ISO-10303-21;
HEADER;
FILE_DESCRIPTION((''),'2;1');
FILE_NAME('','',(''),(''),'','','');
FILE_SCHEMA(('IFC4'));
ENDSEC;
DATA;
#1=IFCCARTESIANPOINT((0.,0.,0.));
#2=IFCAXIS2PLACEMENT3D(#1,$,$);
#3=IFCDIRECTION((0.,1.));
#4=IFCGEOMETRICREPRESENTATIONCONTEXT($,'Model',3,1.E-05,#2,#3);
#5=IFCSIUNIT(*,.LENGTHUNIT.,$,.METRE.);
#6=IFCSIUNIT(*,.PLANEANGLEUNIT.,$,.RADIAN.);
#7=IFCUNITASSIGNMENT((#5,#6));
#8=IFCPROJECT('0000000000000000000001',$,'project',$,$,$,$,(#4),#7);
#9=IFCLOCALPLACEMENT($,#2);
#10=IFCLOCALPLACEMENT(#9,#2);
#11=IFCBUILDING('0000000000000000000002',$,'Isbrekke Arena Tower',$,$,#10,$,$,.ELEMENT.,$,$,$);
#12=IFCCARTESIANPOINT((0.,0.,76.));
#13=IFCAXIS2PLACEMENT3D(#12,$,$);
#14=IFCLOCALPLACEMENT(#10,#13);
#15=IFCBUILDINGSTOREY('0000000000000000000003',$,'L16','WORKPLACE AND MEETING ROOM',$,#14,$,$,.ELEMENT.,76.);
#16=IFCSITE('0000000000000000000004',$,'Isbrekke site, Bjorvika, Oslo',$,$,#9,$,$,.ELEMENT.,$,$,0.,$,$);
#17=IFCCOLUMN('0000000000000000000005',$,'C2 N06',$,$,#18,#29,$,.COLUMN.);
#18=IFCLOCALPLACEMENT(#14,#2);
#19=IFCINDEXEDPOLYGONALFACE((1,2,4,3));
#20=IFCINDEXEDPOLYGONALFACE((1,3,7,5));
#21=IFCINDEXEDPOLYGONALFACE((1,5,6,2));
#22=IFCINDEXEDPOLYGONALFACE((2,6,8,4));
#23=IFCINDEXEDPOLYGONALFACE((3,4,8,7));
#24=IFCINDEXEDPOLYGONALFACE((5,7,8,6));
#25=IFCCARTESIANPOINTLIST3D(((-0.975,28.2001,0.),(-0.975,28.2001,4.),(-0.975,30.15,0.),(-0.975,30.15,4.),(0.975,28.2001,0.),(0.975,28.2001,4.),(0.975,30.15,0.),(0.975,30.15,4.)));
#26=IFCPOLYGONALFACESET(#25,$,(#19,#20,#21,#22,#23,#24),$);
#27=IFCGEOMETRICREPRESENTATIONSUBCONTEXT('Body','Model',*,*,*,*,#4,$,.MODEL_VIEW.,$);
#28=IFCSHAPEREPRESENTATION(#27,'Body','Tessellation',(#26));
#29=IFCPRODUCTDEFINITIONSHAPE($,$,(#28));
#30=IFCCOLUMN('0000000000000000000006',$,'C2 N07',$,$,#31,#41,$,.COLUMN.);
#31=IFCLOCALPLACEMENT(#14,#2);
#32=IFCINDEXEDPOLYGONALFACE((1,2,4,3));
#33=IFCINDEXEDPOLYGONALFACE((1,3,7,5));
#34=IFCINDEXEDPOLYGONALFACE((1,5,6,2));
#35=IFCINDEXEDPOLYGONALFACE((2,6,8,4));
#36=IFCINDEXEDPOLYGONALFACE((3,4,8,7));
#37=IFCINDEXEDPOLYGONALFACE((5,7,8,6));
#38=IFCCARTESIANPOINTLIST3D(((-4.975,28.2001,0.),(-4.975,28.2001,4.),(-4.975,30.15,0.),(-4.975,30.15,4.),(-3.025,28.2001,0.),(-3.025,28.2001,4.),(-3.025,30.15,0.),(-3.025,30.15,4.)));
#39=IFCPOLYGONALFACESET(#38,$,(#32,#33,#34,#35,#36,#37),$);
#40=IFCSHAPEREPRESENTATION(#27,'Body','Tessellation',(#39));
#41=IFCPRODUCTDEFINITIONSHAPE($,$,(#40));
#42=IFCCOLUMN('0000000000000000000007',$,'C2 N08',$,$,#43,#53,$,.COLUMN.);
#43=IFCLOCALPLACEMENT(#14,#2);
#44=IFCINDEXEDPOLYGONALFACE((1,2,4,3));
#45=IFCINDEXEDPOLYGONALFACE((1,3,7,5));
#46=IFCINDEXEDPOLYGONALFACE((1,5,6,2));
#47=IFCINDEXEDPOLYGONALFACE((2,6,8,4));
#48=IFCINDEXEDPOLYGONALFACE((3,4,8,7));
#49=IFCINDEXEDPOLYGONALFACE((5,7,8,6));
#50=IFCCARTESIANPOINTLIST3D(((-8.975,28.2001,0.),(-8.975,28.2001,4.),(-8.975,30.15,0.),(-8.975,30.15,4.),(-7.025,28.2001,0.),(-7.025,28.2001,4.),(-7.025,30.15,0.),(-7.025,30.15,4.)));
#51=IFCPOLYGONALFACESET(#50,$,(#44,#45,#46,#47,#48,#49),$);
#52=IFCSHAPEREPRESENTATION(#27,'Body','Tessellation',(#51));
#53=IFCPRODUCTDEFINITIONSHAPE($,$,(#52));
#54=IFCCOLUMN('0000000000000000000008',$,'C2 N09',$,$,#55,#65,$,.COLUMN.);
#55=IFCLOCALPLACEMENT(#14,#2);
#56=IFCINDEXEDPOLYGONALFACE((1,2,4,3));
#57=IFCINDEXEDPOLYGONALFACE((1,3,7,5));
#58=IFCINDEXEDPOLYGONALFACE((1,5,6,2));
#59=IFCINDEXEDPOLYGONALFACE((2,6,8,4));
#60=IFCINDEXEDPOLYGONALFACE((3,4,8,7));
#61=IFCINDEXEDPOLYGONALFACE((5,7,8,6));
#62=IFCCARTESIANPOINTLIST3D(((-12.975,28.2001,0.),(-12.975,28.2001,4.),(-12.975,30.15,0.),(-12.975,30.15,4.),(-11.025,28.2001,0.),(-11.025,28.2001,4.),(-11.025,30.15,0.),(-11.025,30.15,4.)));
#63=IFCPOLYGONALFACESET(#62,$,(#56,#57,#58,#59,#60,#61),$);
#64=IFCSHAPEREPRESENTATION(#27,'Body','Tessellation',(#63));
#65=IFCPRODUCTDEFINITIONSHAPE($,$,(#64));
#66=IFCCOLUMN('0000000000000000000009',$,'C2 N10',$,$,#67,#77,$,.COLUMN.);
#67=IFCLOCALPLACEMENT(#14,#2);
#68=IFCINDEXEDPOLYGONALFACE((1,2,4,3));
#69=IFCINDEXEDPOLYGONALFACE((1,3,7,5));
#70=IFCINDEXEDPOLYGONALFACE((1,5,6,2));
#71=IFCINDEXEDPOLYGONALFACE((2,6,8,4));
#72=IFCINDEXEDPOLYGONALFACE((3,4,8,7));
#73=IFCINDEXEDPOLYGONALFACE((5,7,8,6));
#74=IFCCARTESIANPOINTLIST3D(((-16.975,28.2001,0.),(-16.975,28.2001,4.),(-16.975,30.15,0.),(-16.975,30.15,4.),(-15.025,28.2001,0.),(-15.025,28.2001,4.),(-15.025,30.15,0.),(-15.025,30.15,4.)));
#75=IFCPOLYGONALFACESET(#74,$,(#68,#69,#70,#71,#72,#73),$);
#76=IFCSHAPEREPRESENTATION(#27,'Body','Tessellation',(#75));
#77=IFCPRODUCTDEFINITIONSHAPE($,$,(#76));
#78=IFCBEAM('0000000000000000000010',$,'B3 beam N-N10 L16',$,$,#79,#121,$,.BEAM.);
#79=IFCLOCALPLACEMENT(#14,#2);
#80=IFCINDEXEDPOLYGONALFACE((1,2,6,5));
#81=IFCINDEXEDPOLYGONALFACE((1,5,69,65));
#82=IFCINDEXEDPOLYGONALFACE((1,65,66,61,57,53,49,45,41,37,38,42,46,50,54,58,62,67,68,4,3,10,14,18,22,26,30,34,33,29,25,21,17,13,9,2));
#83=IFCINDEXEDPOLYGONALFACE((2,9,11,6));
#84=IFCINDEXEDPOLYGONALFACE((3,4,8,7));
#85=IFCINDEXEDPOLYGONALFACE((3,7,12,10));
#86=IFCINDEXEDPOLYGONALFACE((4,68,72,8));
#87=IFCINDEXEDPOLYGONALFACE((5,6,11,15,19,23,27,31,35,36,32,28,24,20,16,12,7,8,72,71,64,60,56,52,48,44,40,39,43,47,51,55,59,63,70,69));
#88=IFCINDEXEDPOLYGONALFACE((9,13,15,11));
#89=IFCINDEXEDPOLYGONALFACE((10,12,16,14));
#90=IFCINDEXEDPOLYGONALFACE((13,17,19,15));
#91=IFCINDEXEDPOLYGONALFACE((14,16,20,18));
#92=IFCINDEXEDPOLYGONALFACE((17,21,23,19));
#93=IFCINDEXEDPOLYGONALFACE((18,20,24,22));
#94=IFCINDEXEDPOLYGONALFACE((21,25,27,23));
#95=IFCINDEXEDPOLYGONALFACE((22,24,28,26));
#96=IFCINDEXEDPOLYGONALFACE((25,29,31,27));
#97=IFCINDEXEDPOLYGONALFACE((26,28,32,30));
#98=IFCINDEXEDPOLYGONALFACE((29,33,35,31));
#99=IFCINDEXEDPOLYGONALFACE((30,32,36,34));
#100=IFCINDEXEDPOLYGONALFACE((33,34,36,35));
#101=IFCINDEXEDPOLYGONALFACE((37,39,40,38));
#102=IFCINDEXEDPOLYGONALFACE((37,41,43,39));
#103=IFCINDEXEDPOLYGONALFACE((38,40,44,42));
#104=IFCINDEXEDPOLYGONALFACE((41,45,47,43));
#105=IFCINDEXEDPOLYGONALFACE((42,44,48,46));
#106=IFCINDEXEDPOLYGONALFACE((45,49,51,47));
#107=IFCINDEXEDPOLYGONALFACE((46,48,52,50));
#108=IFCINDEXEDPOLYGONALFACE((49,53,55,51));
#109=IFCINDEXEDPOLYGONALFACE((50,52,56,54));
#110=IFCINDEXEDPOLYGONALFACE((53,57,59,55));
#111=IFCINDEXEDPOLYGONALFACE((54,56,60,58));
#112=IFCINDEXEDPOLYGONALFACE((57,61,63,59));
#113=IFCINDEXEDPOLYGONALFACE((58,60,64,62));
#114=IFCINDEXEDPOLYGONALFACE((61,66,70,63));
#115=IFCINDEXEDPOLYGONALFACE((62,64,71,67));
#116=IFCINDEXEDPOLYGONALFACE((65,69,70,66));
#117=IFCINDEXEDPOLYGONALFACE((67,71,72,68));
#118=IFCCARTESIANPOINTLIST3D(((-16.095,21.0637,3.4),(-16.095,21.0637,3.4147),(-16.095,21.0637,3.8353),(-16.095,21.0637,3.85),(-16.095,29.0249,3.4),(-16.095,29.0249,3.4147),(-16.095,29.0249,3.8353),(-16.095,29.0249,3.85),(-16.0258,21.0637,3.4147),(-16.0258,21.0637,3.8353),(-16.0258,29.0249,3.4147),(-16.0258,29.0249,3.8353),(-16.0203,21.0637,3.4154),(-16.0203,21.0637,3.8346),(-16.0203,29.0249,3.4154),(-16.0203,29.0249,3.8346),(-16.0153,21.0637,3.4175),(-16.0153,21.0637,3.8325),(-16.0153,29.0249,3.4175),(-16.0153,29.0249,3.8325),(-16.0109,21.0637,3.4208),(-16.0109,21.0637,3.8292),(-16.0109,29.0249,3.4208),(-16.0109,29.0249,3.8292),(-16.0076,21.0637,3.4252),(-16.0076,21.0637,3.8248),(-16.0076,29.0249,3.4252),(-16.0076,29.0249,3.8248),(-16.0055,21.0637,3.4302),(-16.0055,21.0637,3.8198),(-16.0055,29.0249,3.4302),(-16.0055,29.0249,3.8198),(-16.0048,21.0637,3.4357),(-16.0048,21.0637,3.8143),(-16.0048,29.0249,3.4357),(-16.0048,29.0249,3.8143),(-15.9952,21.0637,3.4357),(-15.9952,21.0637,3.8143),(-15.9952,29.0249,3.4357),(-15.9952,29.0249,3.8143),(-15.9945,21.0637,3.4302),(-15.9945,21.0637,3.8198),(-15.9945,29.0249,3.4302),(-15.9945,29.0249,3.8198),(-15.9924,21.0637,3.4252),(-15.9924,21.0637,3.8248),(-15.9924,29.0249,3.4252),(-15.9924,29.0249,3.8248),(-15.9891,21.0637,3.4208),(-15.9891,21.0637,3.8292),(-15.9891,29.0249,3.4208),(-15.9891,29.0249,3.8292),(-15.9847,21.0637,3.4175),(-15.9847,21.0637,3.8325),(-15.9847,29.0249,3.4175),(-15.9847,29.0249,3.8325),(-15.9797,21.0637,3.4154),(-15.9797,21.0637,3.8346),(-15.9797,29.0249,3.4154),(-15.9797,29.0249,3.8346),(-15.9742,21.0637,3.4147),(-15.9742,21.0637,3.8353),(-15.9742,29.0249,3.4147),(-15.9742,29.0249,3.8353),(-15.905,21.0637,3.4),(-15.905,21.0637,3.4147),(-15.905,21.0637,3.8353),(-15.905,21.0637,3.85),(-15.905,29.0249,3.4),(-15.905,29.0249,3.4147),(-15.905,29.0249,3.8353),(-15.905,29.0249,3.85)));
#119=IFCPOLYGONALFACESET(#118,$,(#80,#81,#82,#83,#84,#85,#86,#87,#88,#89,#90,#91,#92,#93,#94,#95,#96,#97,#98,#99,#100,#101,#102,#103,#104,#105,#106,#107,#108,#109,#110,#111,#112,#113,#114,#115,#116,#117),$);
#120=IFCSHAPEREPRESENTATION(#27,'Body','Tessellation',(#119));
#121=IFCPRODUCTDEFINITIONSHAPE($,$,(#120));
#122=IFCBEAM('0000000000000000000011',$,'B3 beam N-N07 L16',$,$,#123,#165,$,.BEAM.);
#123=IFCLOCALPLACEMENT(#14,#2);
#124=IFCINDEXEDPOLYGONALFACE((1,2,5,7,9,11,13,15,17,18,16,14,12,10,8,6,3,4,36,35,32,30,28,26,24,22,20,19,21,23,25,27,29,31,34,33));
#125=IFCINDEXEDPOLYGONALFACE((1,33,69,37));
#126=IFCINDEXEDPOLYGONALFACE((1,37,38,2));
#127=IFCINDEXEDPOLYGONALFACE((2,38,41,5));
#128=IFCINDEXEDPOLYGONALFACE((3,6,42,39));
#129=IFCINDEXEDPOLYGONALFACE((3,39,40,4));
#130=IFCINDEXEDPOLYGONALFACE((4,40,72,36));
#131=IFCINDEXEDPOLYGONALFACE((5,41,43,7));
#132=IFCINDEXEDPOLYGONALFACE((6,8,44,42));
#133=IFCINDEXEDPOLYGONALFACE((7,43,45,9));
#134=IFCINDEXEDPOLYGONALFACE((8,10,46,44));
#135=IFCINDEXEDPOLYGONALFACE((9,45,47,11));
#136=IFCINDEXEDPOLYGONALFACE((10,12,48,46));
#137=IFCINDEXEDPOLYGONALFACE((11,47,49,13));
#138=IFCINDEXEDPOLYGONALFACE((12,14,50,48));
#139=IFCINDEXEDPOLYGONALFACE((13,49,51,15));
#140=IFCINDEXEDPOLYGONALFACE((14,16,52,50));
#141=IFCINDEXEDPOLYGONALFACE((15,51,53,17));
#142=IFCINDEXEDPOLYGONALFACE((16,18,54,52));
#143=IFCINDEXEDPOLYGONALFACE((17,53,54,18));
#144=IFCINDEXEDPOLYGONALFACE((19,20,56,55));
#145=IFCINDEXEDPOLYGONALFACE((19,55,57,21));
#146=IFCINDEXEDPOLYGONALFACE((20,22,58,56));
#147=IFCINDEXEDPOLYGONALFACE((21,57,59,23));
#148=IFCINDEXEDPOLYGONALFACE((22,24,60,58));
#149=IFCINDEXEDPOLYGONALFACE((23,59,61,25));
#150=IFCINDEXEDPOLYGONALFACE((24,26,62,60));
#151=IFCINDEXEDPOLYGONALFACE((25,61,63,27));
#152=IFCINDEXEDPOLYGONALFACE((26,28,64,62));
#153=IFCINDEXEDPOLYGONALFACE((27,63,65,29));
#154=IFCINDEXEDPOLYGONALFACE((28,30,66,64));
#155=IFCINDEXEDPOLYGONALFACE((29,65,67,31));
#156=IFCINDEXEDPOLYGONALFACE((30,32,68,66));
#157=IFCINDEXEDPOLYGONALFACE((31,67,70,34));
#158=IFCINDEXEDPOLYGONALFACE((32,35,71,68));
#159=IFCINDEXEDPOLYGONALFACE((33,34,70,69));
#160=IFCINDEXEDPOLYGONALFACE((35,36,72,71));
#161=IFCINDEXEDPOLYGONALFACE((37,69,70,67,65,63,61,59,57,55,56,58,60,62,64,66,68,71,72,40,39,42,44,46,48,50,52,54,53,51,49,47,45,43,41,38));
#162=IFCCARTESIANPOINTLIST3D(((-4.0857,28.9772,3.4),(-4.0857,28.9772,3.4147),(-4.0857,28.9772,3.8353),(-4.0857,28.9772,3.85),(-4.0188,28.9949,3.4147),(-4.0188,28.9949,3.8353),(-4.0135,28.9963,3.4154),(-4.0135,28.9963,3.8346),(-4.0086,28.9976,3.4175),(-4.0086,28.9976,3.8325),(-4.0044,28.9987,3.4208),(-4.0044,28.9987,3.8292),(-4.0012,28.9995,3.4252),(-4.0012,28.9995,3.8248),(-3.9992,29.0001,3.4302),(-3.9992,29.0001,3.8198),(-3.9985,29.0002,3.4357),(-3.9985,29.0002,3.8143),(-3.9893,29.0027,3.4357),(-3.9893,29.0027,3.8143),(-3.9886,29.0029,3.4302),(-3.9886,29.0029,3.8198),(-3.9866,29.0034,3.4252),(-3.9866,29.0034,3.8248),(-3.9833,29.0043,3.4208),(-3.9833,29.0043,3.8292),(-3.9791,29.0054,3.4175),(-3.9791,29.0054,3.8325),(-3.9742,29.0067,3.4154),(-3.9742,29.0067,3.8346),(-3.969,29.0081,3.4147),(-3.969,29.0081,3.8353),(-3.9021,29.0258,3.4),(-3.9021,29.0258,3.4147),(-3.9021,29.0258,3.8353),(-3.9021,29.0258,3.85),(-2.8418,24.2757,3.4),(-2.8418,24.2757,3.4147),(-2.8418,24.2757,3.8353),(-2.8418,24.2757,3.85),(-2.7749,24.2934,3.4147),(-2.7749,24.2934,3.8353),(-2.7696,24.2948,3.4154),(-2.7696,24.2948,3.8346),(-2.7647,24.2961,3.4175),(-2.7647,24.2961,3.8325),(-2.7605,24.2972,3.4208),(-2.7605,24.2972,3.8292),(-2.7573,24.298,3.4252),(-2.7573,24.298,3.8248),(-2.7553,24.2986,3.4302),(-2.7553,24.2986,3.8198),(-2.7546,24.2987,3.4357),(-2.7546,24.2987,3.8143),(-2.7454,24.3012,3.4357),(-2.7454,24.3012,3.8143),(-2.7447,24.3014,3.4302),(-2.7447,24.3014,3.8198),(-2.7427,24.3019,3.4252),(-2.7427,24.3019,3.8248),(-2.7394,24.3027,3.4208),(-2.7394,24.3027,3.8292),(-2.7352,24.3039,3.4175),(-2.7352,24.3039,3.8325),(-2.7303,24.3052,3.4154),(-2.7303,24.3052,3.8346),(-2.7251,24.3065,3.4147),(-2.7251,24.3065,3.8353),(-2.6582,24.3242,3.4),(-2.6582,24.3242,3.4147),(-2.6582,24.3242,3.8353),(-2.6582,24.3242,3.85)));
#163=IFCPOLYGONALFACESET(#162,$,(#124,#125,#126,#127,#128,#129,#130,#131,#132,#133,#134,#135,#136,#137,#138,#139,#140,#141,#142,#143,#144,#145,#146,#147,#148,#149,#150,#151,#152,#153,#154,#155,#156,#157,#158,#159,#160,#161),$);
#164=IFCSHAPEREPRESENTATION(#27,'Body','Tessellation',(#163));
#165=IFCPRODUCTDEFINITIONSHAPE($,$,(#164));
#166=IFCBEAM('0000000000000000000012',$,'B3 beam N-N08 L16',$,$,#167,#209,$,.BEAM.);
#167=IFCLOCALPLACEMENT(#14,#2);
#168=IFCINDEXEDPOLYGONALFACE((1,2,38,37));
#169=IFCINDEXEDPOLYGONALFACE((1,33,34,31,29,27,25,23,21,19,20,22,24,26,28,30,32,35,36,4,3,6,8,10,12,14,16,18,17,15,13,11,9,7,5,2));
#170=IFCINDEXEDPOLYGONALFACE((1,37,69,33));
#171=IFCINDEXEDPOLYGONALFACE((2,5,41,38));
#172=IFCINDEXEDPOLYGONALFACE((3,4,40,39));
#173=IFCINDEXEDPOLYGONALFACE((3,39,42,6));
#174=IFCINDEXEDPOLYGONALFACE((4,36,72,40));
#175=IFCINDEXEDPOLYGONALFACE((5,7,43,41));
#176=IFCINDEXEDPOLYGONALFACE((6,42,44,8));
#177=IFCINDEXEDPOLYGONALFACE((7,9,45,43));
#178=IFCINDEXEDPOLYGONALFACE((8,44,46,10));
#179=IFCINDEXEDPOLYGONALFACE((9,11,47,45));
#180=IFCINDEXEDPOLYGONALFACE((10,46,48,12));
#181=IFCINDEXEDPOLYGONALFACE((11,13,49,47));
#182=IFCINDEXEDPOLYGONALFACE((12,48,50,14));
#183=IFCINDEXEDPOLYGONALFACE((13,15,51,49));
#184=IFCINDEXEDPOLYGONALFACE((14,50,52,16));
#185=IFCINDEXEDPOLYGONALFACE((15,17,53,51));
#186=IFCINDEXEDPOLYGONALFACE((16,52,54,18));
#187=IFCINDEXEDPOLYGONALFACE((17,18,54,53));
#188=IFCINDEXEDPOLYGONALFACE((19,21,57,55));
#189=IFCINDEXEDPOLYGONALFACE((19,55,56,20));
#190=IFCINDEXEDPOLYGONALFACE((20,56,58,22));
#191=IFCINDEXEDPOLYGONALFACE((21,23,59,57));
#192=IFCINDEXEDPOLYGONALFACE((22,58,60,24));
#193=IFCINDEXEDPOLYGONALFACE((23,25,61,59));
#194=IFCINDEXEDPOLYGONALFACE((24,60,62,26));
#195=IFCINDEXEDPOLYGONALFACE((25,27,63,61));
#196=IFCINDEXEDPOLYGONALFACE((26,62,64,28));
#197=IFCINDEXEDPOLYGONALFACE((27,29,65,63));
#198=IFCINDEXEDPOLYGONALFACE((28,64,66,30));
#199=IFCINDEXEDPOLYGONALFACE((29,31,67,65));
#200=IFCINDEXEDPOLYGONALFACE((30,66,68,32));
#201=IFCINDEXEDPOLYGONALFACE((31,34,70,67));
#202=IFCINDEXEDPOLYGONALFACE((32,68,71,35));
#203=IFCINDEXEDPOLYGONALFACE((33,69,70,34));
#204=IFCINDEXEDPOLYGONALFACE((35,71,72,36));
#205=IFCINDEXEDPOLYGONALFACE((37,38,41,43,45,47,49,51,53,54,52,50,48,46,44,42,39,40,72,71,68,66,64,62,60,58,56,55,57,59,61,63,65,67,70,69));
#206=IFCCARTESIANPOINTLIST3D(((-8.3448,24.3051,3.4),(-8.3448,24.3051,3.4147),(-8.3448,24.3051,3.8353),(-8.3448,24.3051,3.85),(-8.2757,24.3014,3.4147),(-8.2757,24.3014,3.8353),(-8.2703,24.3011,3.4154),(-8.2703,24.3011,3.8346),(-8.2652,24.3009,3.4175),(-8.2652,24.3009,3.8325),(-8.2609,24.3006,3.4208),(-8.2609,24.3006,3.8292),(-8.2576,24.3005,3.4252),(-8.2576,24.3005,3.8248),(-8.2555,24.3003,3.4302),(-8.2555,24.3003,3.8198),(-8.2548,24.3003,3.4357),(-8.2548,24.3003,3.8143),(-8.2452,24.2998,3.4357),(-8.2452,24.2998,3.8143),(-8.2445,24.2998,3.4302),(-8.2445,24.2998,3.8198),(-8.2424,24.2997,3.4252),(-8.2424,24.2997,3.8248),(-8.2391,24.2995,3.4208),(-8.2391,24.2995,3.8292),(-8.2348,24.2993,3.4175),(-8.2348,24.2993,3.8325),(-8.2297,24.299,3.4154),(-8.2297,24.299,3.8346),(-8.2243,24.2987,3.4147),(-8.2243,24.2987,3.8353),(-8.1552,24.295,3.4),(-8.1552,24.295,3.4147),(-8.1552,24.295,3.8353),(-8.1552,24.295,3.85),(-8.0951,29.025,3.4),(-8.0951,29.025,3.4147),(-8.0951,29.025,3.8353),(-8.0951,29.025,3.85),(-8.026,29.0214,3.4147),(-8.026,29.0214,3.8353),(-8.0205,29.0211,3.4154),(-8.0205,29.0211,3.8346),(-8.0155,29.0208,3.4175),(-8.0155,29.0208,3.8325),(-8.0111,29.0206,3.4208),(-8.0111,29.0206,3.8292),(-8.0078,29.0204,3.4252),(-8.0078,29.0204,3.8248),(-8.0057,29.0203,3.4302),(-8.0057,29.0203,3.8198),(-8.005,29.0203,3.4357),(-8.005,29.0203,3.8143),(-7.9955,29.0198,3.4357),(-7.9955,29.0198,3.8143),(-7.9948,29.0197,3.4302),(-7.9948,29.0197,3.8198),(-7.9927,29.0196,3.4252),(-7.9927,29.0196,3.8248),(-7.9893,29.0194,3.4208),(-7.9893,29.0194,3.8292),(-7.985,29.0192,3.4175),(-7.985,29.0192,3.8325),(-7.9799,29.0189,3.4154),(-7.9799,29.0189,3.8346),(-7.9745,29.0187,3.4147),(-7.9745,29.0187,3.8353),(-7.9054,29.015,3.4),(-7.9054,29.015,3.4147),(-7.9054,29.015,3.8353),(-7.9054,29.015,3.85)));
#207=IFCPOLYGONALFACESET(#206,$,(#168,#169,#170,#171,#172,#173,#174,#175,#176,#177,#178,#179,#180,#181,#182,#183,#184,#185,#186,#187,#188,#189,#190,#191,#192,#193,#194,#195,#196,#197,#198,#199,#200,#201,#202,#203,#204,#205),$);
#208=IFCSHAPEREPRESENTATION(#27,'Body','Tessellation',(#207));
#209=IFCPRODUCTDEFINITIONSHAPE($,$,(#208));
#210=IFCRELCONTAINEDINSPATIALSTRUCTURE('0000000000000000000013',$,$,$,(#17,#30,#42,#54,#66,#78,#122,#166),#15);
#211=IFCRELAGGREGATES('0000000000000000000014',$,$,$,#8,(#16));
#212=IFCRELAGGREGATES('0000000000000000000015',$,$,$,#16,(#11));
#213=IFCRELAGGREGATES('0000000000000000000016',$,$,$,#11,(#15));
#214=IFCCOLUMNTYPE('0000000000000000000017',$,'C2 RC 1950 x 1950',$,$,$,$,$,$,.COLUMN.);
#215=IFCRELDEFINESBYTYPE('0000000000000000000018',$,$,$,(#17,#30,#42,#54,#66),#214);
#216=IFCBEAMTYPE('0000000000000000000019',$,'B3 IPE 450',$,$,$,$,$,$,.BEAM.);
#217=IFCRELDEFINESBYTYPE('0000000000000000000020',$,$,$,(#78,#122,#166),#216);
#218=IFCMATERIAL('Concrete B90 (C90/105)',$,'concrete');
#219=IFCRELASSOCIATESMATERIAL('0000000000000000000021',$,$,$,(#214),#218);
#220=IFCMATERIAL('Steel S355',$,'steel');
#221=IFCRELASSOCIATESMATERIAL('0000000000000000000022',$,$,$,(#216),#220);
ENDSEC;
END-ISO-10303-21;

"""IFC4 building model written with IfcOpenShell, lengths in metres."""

from ifc_helpers import new_model, si_unit, direction, frame, origin, origin_2d, place, context, subcontext, project, spatial, rectangle, i_section, extrude, material, material_profile, profile_set, type_object, element, save


model = new_model("IFC4")

# Units and contexts
model_context = context("Model", 3, precision=1e-05, world=origin(), true_north=direction((0.0, 1.0)))
body_context = subcontext(model_context, "Body", "Model", "MODEL_VIEW")
ifc_project = project(units=[si_unit("LENGTHUNIT", "METRE"), si_unit("PLANEANGLEUNIT", "RADIAN")], contexts=[model_context])

# Site, building, storey
site_placement = place(None, origin())
site = spatial("IfcSite", under=ifc_project, at=site_placement, Name="Isbrekke site, Bjorvika, Oslo", CompositionType="ELEMENT", RefElevation=0.0)
building_placement = place(site_placement, origin())
building = spatial("IfcBuilding", under=site, at=building_placement, Name="Isbrekke Arena Tower", CompositionType="ELEMENT")
storey_placement = place(building_placement, frame((0.0, 0.0, 76.0)))
storey = spatial("IfcBuildingStorey", under=building, at=storey_placement, Name="L16", Description="WORKPLACE AND MEETING ROOM", CompositionType="ELEMENT", Elevation=76.0)

# Columns
ifc_material_1 = material(Name="Concrete B90 (C90/105)", Category="concrete")
ifc_material_profile_1 = material_profile(ifc_material_1, rectangle(XDim=1.95, YDim=1.95, at=origin_2d()), Name="RC 1950x1950")
ifc_profile_set_1 = profile_set([ifc_material_profile_1], Name="Concrete B90 (C90/105)")
column_type = type_object("IfcColumnType", Name="C2 RC 1950 x 1950", PredefinedType="COLUMN", material=ifc_profile_set_1)
for number, where, z_axis, x_axis, name in (
    (1, (0.0, 29.175, 0.0), (0.0, 0.0, 1.0), (-1.0, 0.0, 0.0), "C2 N06"),
    (2, (-4.0, 29.175, 0.0), (0.0, 0.0, 1.0), (-1.0, 0.0, 0.0), "C2 N07"),
    (3, (-8.0, 29.175, 0.0), (0.0, 0.0, 1.0), (-1.0, 0.0, 0.0), "C2 N08"),
    (4, (-12.0, 29.175, 0.0), (0.0, 0.0, 1.0), (-1.0, 0.0, 0.0), "C2 N09"),
    (5, (-16.0, 29.175, 0.0), (0.0, 0.0, 1.0), (-1.0, 0.0, 0.0), "C2 N10"),
):
    element("IfcColumn", number, at=place(storey_placement, frame(where, z_axis=z_axis, x_axis=x_axis)), inside=storey, type_object=column_type, Name=name, PredefinedType="COLUMN", context=body_context, shape_type="SweptSolid", body=[
        extrude(rectangle(XDim=1.95, YDim=1.95, at=origin_2d()), origin(), (0.0, 0.0, 1.0), 4.0),
    ])

# Beams
ifc_material_2 = material(Name="Steel S355", Category="steel")
ifc_material_profile_2 = material_profile(ifc_material_2, i_section(OverallWidth=0.1899, OverallDepth=0.45, WebThickness=0.0095, FlangeThickness=0.0146, FilletRadius=0.021, at=origin_2d()), Name="IPE 450")
ifc_profile_set_2 = profile_set([ifc_material_profile_2], Name="Steel S355")
beam_type_1 = type_object("IfcBeamType", Name="B3 IPE 450", PredefinedType="BEAM", material=ifc_profile_set_2)
beam_1_placement = place(storey_placement, frame((-16.0, 29.0249, 3.625), z_axis=(0.0, -1.0, 0.0), x_axis=(1.0, 0.0, 0.0)))
element("IfcBeam", 6, at=beam_1_placement, inside=storey, type_object=beam_type_1, Name="B3 beam N-N10 L16", PredefinedType="BEAM", context=body_context, shape_type="SweptSolid", body=[
    extrude(i_section(OverallWidth=0.1899, OverallDepth=0.45, WebThickness=0.0095, FlangeThickness=0.0146, FilletRadius=0.021, at=origin_2d()), origin(), (0.0, 0.0, 1.0), 7.9612),
])
beam_2_placement = place(storey_placement, frame((-3.9939, 29.0015, 3.625), z_axis=(0.255778, -0.966736, 0.0), x_axis=(0.966736, 0.255778, 0.0)))
element("IfcBeam", 7, at=beam_2_placement, inside=storey, type_object=beam_type_1, Name="B3 beam N-N07 L16", PredefinedType="BEAM", context=body_context, shape_type="SweptSolid", body=[
    extrude(i_section(OverallWidth=0.1899, OverallDepth=0.45, WebThickness=0.0095, FlangeThickness=0.0146, FilletRadius=0.021, at=origin_2d()), origin(), (0.0, 0.0, 1.0), 4.8633),
])
beam_3_placement = place(storey_placement, frame((-8.0002, 29.02, 3.625), z_axis=(-0.052841, -0.998603, 0.0), x_axis=(0.998603, -0.052841, 0.0)))
element("IfcBeam", 8, at=beam_3_placement, inside=storey, type_object=beam_type_1, Name="B3 beam N-N08 L16", PredefinedType="BEAM", context=body_context, shape_type="SweptSolid", body=[
    extrude(i_section(OverallWidth=0.1899, OverallDepth=0.45, WebThickness=0.0095, FlangeThickness=0.0146, FilletRadius=0.021, at=origin_2d()), origin(), (0.0, 0.0, 1.0), 4.7266),
])

save(model, "model.ifc")
